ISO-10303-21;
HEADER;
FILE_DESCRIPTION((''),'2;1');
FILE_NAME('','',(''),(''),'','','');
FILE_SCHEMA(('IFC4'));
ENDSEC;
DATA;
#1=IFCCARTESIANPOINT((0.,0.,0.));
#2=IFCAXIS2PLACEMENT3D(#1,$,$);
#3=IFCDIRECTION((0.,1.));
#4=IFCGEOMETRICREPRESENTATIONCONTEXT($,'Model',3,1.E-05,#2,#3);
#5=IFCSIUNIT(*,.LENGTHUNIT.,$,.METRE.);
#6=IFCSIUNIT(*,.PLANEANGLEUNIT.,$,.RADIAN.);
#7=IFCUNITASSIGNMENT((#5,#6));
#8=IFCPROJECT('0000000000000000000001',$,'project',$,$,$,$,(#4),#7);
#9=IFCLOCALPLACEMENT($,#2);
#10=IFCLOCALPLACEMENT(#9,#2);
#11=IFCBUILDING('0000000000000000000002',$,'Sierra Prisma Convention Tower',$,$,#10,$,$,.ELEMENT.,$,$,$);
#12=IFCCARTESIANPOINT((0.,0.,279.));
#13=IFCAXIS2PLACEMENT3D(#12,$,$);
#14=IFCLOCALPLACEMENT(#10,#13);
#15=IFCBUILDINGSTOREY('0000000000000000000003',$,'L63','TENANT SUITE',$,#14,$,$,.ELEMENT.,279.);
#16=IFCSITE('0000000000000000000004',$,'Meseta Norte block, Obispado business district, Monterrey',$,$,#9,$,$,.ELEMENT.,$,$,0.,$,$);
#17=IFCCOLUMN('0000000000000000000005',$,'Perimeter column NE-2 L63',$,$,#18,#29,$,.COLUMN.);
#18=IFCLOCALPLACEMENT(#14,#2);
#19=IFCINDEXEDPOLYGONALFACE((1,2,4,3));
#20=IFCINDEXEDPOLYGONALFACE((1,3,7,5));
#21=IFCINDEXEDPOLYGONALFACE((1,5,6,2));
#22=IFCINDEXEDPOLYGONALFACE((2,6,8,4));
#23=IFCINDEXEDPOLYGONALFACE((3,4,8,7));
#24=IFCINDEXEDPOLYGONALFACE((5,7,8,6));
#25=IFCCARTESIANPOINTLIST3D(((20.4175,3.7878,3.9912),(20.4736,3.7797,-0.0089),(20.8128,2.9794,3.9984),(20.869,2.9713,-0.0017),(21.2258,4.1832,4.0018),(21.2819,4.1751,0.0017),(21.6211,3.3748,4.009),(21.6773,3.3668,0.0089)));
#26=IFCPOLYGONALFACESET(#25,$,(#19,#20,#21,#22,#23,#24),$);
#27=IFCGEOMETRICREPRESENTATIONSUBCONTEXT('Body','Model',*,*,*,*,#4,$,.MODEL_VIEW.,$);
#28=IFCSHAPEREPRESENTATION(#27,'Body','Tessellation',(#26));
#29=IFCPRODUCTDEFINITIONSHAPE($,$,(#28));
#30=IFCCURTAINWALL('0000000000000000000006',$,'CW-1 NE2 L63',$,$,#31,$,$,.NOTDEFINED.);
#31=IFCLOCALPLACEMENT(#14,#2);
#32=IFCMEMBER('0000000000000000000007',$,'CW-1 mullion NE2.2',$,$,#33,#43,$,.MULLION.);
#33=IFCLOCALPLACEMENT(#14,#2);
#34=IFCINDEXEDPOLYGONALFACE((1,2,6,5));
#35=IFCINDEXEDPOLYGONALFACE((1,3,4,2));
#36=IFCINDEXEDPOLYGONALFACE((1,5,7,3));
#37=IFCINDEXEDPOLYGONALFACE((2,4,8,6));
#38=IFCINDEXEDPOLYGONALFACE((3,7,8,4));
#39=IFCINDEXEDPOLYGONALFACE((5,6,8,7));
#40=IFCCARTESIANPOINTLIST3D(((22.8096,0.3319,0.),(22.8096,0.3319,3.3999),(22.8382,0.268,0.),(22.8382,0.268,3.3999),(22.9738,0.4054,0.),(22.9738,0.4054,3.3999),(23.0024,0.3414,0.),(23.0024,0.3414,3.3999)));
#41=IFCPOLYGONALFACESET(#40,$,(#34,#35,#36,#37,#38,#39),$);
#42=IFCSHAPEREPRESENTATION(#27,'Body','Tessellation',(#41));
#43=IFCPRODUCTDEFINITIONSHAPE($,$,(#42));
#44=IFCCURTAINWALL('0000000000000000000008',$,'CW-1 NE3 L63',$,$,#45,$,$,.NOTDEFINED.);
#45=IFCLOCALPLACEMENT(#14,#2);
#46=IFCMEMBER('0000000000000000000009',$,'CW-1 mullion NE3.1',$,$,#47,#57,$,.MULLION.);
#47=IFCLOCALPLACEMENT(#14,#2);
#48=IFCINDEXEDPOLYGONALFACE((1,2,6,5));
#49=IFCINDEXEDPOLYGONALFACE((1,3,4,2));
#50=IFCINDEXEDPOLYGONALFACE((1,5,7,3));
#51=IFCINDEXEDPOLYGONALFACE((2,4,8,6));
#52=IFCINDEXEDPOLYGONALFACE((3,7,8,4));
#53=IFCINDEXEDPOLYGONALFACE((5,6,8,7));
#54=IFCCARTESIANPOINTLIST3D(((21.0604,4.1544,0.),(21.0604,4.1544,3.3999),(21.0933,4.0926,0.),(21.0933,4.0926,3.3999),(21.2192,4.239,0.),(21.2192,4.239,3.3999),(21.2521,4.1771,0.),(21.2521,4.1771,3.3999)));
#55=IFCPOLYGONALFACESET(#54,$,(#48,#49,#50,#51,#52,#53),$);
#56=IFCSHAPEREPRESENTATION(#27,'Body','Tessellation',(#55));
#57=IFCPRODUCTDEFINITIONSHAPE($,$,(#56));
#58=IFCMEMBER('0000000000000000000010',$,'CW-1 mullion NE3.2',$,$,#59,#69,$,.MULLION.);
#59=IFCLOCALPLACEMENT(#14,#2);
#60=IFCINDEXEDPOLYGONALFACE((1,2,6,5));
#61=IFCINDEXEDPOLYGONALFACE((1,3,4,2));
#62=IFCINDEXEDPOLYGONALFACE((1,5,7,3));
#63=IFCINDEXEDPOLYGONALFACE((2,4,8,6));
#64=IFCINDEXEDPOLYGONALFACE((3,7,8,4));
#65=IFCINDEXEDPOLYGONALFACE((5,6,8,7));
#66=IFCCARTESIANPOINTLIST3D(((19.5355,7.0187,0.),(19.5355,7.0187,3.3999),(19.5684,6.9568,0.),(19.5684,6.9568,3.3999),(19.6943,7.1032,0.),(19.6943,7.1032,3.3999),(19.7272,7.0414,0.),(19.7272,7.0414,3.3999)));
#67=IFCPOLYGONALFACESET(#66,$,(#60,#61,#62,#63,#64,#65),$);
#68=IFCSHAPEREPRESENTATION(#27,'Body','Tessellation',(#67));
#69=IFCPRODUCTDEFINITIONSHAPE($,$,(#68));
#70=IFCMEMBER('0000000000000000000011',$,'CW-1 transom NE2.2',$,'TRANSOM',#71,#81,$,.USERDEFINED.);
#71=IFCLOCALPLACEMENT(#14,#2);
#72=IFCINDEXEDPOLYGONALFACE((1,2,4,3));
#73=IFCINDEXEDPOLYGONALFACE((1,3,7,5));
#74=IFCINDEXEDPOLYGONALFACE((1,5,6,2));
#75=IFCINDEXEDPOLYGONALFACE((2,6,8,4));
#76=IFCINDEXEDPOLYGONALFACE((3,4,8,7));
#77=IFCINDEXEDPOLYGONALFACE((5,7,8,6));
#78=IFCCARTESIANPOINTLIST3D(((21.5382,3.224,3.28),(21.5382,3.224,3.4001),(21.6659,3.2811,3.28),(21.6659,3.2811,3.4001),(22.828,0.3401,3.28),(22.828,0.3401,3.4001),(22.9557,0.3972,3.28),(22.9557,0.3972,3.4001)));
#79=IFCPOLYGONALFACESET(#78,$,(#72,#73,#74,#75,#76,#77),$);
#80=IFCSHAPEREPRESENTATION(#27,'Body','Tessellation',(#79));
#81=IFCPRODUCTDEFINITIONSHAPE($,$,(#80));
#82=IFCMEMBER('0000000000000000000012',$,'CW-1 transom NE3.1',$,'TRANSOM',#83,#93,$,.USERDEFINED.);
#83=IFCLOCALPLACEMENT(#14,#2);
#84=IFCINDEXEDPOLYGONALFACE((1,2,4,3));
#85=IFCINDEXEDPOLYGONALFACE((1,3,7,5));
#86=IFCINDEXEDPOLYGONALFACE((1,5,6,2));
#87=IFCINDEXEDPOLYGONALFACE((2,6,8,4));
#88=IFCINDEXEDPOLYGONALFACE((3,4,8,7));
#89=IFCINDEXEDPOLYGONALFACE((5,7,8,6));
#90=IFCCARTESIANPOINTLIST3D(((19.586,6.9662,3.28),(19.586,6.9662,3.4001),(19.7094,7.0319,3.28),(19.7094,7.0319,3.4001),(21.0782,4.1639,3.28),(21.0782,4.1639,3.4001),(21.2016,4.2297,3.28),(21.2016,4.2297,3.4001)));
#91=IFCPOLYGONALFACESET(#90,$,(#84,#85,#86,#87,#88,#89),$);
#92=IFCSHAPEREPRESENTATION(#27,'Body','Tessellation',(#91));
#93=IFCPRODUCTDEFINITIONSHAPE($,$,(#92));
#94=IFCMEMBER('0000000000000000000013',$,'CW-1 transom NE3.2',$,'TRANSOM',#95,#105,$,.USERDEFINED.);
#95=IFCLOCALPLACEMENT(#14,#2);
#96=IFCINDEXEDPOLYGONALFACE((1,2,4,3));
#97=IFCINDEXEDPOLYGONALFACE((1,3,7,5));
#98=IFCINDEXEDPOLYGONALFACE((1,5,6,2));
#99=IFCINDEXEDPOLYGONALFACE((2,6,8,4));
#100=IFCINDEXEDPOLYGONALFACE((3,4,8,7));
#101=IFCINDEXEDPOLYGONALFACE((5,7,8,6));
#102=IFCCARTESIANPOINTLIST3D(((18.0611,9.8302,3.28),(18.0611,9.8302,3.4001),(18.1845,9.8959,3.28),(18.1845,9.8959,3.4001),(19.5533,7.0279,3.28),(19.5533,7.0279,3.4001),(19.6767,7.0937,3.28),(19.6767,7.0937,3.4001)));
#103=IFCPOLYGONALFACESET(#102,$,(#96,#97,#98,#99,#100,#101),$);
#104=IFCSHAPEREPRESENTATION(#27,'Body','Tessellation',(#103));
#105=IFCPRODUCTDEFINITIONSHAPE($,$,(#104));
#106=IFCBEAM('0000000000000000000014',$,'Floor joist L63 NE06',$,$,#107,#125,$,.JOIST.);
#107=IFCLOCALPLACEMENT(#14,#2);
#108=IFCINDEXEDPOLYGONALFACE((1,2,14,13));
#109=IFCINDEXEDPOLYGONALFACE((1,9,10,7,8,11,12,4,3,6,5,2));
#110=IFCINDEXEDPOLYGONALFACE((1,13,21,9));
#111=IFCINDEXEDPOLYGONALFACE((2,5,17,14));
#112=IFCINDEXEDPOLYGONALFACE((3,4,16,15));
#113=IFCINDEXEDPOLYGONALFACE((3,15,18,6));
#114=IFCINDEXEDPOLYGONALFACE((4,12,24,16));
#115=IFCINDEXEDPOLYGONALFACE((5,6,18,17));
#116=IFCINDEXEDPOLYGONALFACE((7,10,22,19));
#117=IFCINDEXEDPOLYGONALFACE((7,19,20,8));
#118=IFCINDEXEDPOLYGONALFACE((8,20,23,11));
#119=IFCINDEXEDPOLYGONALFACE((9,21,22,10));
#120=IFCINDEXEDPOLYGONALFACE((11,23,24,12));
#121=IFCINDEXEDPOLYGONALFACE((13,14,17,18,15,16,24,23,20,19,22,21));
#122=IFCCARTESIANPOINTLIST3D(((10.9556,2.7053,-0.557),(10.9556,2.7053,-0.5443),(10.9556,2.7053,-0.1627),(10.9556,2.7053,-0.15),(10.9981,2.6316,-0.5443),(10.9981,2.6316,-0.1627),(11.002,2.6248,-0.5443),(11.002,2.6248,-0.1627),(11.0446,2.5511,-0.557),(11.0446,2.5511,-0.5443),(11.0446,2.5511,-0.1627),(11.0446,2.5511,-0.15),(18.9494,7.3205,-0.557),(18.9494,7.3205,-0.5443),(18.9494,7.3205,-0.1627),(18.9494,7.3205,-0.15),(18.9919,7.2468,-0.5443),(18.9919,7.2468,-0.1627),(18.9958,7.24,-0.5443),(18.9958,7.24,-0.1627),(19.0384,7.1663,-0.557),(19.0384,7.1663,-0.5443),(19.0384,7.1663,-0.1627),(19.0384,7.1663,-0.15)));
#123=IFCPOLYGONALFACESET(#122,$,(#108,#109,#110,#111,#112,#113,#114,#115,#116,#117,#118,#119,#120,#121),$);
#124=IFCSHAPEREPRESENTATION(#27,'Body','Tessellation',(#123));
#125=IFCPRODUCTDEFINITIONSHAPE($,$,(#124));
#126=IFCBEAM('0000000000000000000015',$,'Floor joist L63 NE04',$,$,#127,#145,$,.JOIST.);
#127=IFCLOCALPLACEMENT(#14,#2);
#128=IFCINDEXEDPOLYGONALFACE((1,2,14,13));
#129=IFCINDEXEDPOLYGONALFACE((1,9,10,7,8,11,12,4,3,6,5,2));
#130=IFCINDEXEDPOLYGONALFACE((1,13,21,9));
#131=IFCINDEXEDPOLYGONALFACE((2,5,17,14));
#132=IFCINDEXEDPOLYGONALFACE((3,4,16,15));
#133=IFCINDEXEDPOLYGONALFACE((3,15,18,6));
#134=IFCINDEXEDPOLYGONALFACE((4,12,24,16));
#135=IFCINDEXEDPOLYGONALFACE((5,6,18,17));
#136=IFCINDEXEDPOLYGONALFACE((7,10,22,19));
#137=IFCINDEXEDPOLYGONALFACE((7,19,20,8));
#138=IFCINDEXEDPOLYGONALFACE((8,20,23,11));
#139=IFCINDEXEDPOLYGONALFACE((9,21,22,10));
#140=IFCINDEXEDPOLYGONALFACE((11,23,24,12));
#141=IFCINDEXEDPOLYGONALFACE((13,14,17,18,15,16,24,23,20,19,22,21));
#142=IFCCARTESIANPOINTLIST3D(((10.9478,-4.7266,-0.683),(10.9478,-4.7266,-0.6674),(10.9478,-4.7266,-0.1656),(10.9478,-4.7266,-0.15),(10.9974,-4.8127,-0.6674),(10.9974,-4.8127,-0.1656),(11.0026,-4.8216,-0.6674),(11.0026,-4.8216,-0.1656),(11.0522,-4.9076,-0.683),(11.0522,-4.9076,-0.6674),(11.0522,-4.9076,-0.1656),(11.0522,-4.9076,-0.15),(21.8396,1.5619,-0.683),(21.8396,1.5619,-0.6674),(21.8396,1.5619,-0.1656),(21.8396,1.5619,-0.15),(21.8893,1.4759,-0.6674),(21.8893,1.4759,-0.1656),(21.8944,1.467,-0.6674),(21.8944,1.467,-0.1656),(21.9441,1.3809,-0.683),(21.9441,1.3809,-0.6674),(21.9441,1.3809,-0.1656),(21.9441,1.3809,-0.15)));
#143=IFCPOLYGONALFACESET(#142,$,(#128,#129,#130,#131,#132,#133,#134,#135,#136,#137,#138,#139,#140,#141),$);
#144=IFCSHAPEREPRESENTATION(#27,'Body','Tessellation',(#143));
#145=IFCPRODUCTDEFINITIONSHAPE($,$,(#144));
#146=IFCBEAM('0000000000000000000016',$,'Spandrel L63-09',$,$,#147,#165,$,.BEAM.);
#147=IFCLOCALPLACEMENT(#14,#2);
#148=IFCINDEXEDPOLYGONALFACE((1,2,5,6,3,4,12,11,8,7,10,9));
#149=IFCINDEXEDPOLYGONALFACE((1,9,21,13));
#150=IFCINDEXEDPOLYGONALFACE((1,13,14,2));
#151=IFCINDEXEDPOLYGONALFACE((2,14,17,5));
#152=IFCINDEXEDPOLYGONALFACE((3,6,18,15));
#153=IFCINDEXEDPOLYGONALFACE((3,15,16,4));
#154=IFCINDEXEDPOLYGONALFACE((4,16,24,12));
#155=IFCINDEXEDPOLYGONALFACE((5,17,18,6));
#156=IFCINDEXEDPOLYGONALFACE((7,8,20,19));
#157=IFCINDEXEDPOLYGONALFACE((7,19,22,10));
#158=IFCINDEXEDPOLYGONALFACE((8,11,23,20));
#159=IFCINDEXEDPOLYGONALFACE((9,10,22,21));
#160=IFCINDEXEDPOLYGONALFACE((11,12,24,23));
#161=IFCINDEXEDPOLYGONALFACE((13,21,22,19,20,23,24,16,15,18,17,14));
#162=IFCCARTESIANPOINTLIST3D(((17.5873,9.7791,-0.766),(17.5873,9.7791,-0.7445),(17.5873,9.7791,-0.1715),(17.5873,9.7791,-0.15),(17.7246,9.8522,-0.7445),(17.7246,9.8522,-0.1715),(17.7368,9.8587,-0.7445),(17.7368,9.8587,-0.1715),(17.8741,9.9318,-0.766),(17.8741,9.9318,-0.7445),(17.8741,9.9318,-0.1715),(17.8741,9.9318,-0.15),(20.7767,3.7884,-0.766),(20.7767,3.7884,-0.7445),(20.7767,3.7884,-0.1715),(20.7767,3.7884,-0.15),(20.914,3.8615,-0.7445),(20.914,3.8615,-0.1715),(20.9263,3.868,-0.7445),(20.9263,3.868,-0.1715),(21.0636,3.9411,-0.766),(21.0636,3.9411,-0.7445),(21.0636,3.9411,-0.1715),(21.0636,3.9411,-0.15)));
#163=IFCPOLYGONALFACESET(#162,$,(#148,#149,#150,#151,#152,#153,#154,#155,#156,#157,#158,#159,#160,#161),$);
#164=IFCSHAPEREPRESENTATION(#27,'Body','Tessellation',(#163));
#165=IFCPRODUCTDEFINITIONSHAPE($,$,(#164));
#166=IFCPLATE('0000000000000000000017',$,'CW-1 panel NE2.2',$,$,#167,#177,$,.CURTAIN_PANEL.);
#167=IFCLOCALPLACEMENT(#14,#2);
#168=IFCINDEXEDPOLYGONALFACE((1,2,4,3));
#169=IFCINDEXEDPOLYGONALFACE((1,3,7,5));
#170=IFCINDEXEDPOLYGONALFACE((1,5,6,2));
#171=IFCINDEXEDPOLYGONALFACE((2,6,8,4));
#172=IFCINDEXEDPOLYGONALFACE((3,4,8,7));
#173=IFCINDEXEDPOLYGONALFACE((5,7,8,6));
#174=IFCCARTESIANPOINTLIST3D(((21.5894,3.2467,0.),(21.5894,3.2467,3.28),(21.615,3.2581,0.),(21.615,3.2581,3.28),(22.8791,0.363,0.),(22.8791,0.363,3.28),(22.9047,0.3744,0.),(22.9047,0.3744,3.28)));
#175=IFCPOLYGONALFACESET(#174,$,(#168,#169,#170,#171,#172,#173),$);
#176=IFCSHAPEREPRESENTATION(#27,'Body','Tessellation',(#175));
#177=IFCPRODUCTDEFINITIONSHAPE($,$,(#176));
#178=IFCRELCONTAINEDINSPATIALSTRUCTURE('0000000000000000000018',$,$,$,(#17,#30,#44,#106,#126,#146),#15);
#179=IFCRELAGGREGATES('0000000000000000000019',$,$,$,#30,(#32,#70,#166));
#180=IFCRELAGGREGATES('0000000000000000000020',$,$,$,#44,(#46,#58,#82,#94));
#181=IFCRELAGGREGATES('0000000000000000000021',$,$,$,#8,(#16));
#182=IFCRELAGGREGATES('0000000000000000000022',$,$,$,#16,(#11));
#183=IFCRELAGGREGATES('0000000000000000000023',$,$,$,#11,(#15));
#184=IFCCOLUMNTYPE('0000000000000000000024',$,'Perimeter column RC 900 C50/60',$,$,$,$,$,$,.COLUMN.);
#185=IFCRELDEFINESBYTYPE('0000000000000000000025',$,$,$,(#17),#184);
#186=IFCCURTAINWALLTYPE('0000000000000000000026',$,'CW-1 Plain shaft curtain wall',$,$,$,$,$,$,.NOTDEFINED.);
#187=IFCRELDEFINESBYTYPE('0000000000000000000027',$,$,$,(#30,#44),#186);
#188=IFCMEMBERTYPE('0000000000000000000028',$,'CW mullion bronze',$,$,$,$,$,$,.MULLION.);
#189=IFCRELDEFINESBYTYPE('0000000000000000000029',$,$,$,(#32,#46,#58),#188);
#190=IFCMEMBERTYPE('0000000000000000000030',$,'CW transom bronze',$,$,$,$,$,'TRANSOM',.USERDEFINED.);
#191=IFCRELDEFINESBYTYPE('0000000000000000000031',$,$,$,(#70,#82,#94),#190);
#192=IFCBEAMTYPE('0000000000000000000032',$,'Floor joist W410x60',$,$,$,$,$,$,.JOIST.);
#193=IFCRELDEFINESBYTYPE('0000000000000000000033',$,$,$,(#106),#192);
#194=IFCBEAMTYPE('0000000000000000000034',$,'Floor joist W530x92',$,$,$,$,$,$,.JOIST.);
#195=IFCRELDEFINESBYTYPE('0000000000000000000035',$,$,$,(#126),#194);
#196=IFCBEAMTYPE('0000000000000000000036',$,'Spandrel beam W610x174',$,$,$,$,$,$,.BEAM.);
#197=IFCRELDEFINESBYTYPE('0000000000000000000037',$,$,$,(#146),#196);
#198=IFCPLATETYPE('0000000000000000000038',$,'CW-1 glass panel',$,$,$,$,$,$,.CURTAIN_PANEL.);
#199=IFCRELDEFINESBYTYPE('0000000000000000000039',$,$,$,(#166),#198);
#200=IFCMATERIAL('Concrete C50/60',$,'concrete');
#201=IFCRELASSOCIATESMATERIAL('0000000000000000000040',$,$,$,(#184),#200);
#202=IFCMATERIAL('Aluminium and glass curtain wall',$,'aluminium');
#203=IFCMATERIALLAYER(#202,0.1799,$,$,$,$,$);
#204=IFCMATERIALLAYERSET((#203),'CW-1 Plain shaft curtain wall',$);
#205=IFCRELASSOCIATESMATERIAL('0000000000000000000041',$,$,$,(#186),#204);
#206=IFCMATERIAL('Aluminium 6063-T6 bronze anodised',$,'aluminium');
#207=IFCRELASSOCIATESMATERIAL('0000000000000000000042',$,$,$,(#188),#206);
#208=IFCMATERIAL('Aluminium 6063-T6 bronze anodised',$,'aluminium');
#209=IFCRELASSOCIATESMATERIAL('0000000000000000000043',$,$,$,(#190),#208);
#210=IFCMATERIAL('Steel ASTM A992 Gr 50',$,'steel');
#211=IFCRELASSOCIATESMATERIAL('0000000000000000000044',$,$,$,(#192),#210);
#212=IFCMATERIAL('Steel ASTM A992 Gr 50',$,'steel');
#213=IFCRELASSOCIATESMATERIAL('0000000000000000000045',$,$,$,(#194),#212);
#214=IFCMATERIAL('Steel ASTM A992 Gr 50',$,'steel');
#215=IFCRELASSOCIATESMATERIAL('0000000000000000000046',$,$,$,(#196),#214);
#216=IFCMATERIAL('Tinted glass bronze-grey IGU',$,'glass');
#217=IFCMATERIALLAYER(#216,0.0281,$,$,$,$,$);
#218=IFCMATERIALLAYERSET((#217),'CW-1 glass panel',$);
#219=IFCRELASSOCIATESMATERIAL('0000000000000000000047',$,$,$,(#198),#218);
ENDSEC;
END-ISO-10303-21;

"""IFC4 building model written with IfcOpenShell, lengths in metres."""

from ifc_helpers import new_model, si_unit, direction, frame, origin, origin_2d, place, context, subcontext, project, spatial, rectangle, i_section, extrude, material, layer, layer_set, material_profile, profile_set, type_object, element, aggregate, save


model = new_model("IFC4")

# Units and contexts
model_context = context("Model", 3, precision=1e-05, world=origin(), true_north=direction((0.0, 1.0)))
body_context = subcontext(model_context, "Body", "Model", "MODEL_VIEW")
ifc_project = project(units=[si_unit("LENGTHUNIT", "METRE"), si_unit("PLANEANGLEUNIT", "RADIAN")], contexts=[model_context])

# Site, building, storey
site_placement = place(None, origin())
site = spatial("IfcSite", under=ifc_project, at=site_placement, Name="Meseta Norte block, Obispado business district, Monterrey", CompositionType="ELEMENT", RefElevation=0.0)
building_placement = place(site_placement, origin())
building = spatial("IfcBuilding", under=site, at=building_placement, Name="Sierra Prisma Convention Tower", CompositionType="ELEMENT")
storey_placement = place(building_placement, frame((0.0, 0.0, 279.0)))
storey = spatial("IfcBuildingStorey", under=building, at=storey_placement, Name="L63", Description="TENANT SUITE", CompositionType="ELEMENT", Elevation=279.0)

# Column
ifc_material_1 = material(Name="Concrete C50/60", Category="concrete")
ifc_material_profile_1 = material_profile(ifc_material_1, rectangle(XDim=0.8999, YDim=0.8999, at=origin_2d()), Name="Perimeter column RC 900 C50/60")
ifc_profile_set_1 = profile_set([ifc_material_profile_1], Name="Concrete C50/60")
column_type = type_object("IfcColumnType", Name="Perimeter column RC 900 C50/60", PredefinedType="COLUMN", material=ifc_profile_set_1)
column_placement = place(storey_placement, frame((21.0754, 3.5732, 0.0), z_axis=(-0.014037, 0.002014, 0.999899), x_axis=(-0.43933, 0.89829, -0.007977)))
element("IfcColumn", 1, at=column_placement, inside=storey, type_object=column_type, Name="Perimeter column NE-2 L63", PredefinedType="COLUMN", context=body_context, shape_type="SweptSolid", body=[
    extrude(rectangle(XDim=0.8999, YDim=0.8999, at=origin_2d()), origin(), (0.0, 0.0, 1.0), 4.0005),
])

# Curtain wall, member
ifc_material_2 = material(Name="Aluminium and glass curtain wall", Category="aluminium")
ifc_layer_1 = layer(ifc_material_2, 0.1799)
ifc_layer_set_1 = layer_set([ifc_layer_1], Name="CW-1 Plain shaft curtain wall")
curtain_wall_type = type_object("IfcCurtainWallType", Name="CW-1 Plain shaft curtain wall", PredefinedType="NOTDEFINED", material=ifc_layer_set_1)
curtain_wall_1_placement = place(storey_placement, origin())
curtain_wall_1 = element("IfcCurtainWall", 2, at=curtain_wall_1_placement, inside=storey, type_object=curtain_wall_type, Name="CW-1 NE2 L63", PredefinedType="NOTDEFINED")
ifc_material_3 = material(Name="Aluminium 6063-T6 bronze anodised", Category="aluminium")
ifc_material_profile_2 = material_profile(ifc_material_3, rectangle(XDim=0.1799, YDim=0.0701, at=origin_2d()), Name="ALU MULLION 70x180")
ifc_profile_set_2 = profile_set([ifc_material_profile_2], Name="Aluminium 6063-T6 bronze anodised")
member_type_1 = type_object("IfcMemberType", Name="CW mullion bronze", PredefinedType="MULLION", material=ifc_profile_set_2)
member_1_placement = place(storey_placement, frame((22.906, 0.3367, 0.0), z_axis=(0.0, 0.0, 1.0), x_axis=(-0.912864, -0.408264, 0.0)))
member_1 = element("IfcMember", 3, at=member_1_placement, type_object=member_type_1, Name="CW-1 mullion NE2.2", PredefinedType="MULLION", context=body_context, shape_type="SweptSolid", body=[
    extrude(rectangle(XDim=0.1799, YDim=0.0701, at=origin_2d()), origin(), (0.0, 0.0, 1.0), 3.3999),
])

# Curtain wall, members
curtain_wall_2_placement = place(storey_placement, origin())
curtain_wall_2 = element("IfcCurtainWall", 4, at=curtain_wall_2_placement, inside=storey, type_object=curtain_wall_type, Name="CW-1 NE3 L63", PredefinedType="NOTDEFINED")
member_2_placement = place(storey_placement, frame((21.1562, 4.1658, 0.0), z_axis=(0.0, 0.0, 1.0), x_axis=(-0.882686, -0.469964, 0.0)))
member_2 = element("IfcMember", 5, at=member_2_placement, type_object=member_type_1, Name="CW-1 mullion NE3.1", PredefinedType="MULLION", context=body_context, shape_type="SweptSolid", body=[
    extrude(rectangle(XDim=0.1799, YDim=0.0701, at=origin_2d()), origin(), (0.0, 0.0, 1.0), 3.3999),
])
member_3_placement = place(storey_placement, frame((19.6313, 7.03, 0.0), z_axis=(0.0, 0.0, 1.0), x_axis=(-0.882686, -0.469964, 0.0)))
member_3 = element("IfcMember", 6, at=member_3_placement, type_object=member_type_1, Name="CW-1 mullion NE3.2", PredefinedType="MULLION", context=body_context, shape_type="SweptSolid", body=[
    extrude(rectangle(XDim=0.1799, YDim=0.0701, at=origin_2d()), origin(), (0.0, 0.0, 1.0), 3.3999),
])

# Members
ifc_material_4 = material(Name="Aluminium 6063-T6 bronze anodised", Category="aluminium")
ifc_material_profile_3 = material_profile(ifc_material_4, rectangle(XDim=0.1399, YDim=0.1201, at=origin_2d()), Name="ALU TRANSOM 120x140")
ifc_profile_set_3 = profile_set([ifc_material_profile_3], Name="Aluminium 6063-T6 bronze anodised")
member_type_2 = type_object("IfcMemberType", Name="CW transom bronze", ElementType="TRANSOM", PredefinedType="USERDEFINED", material=ifc_profile_set_3)
member_4_placement = place(storey_placement, frame((22.8918, 0.3687, 3.3401), z_axis=(-0.408281, 0.912856, 0.0), x_axis=(-0.912856, -0.408281, 0.0)))
member_4 = element("IfcMember", 7, at=member_4_placement, type_object=member_type_2, Name="CW-1 transom NE2.2", ObjectType="TRANSOM", PredefinedType="USERDEFINED", context=body_context, shape_type="SweptSolid", body=[
    extrude(rectangle(XDim=0.1399, YDim=0.1201, at=origin_2d()), origin(), (0.0, 0.0, 1.0), 3.1592),
])
member_5_placement = place(storey_placement, frame((21.1399, 4.1968, 3.3401), z_axis=(-0.470013, 0.882659, 0.0), x_axis=(-0.882659, -0.470013, 0.0)))
member_5 = element("IfcMember", 8, at=member_5_placement, type_object=member_type_2, Name="CW-1 transom NE3.1", ObjectType="TRANSOM", PredefinedType="USERDEFINED", context=body_context, shape_type="SweptSolid", body=[
    extrude(rectangle(XDim=0.1399, YDim=0.1201, at=origin_2d()), origin(), (0.0, 0.0, 1.0), 3.1748),
])
member_6_placement = place(storey_placement, frame((19.615, 7.0608, 3.3401), z_axis=(-0.470013, 0.882659, 0.0), x_axis=(-0.882659, -0.470013, 0.0)))
member_6 = element("IfcMember", 9, at=member_6_placement, type_object=member_type_2, Name="CW-1 transom NE3.2", ObjectType="TRANSOM", PredefinedType="USERDEFINED", context=body_context, shape_type="SweptSolid", body=[
    extrude(rectangle(XDim=0.1399, YDim=0.1201, at=origin_2d()), origin(), (0.0, 0.0, 1.0), 3.1748),
])

# Beams
ifc_material_5 = material(Name="Steel ASTM A992 Gr 50", Category="steel")
ifc_material_profile_4 = material_profile(ifc_material_5, i_section(OverallWidth=0.178, OverallDepth=0.407, WebThickness=0.0078, FlangeThickness=0.0127, at=origin_2d()), Name="W410x60")
ifc_profile_set_4 = profile_set([ifc_material_profile_4], Name="Steel ASTM A992 Gr 50")
beam_type_1 = type_object("IfcBeamType", Name="Floor joist W410x60", PredefinedType="JOIST", material=ifc_profile_set_4)
beam_1_placement = place(storey_placement, frame((18.9939, 7.2434, -0.3535), z_axis=(-0.866027, -0.499996, 0.0), x_axis=(0.499996, -0.866027, 0.0)))
element("IfcBeam", 10, at=beam_1_placement, inside=storey, type_object=beam_type_1, Name="Floor joist L63 NE06", PredefinedType="JOIST", context=body_context, shape_type="SweptSolid", body=[
    extrude(i_section(OverallWidth=0.178, OverallDepth=0.407, WebThickness=0.0078, FlangeThickness=0.0127, at=origin_2d()), origin(), (0.0, 0.0, 1.0), 9.2305),
])
ifc_material_6 = material(Name="Steel ASTM A992 Gr 50", Category="steel")
ifc_material_profile_5 = material_profile(ifc_material_6, i_section(OverallWidth=0.209, OverallDepth=0.533, WebThickness=0.0103, FlangeThickness=0.0156, at=origin_2d()), Name="W530x92")
ifc_profile_set_5 = profile_set([ifc_material_profile_5], Name="Steel ASTM A992 Gr 50")
beam_type_2 = type_object("IfcBeamType", Name="Floor joist W530x92", PredefinedType="JOIST", material=ifc_profile_set_5)
beam_2_placement = place(storey_placement, frame((21.8918, 1.4714, -0.4165), z_axis=(-0.86602, -0.50001, 0.0), x_axis=(0.50001, -0.86602, 0.0)))
element("IfcBeam", 11, at=beam_2_placement, inside=storey, type_object=beam_type_2, Name="Floor joist L63 NE04", PredefinedType="JOIST", context=body_context, shape_type="SweptSolid", body=[
    extrude(i_section(OverallWidth=0.209, OverallDepth=0.533, WebThickness=0.0103, FlangeThickness=0.0156, at=origin_2d()), origin(), (0.0, 0.0, 1.0), 12.5769),
])
ifc_material_7 = material(Name="Steel ASTM A992 Gr 50", Category="steel")
ifc_material_profile_6 = material_profile(ifc_material_7, i_section(OverallWidth=0.325, OverallDepth=0.616, WebThickness=0.0139, FlangeThickness=0.0215, at=origin_2d()), Name="W610x174")
ifc_profile_set_6 = profile_set([ifc_material_profile_6], Name="Steel ASTM A992 Gr 50")
beam_type_3 = type_object("IfcBeamType", Name="Spandrel beam W610x174", PredefinedType="BEAM", material=ifc_profile_set_6)
beam_3_placement = place(storey_placement, frame((20.9202, 3.8647, -0.458), z_axis=(-0.469946, 0.882695, 0.0), x_axis=(-0.882695, -0.469946, 0.0)))
element("IfcBeam", 12, at=beam_3_placement, inside=storey, type_object=beam_type_3, Name="Spandrel L63-09", PredefinedType="BEAM", context=body_context, shape_type="SweptSolid", body=[
    extrude(i_section(OverallWidth=0.325, OverallDepth=0.616, WebThickness=0.0139, FlangeThickness=0.0215, at=origin_2d()), origin(), (0.0, 0.0, 1.0), 6.7869),
])

# Plate
ifc_material_8 = material(Name="Tinted glass bronze-grey IGU", Category="glass")
ifc_layer_2 = layer(ifc_material_8, 0.0281)
ifc_layer_set_2 = layer_set([ifc_layer_2], Name="CW-1 glass panel")
plate_type = type_object("IfcPlateType", Name="CW-1 glass panel", PredefinedType="CURTAIN_PANEL", material=ifc_layer_set_2)
plate_1_placement = place(storey_placement, frame((22.2471, 1.8105, 0.0), z_axis=(0.0, 0.0, 1.0), x_axis=(-0.408264, 0.912864, 0.0)))
plate_1 = element("IfcPlate", 13, at=plate_1_placement, type_object=plate_type, Name="CW-1 panel NE2.2", PredefinedType="CURTAIN_PANEL", context=body_context, shape_type="SweptSolid", body=[
    extrude(rectangle(XDim=3.1589, YDim=0.0281, at=origin_2d()), origin(), (0.0, 0.0, 1.0), 3.28),
])
aggregate(curtain_wall_1, [member_1, member_4, plate_1])
aggregate(curtain_wall_2, [member_2, member_3, member_5, member_6])

save(model, "model.ifc")
